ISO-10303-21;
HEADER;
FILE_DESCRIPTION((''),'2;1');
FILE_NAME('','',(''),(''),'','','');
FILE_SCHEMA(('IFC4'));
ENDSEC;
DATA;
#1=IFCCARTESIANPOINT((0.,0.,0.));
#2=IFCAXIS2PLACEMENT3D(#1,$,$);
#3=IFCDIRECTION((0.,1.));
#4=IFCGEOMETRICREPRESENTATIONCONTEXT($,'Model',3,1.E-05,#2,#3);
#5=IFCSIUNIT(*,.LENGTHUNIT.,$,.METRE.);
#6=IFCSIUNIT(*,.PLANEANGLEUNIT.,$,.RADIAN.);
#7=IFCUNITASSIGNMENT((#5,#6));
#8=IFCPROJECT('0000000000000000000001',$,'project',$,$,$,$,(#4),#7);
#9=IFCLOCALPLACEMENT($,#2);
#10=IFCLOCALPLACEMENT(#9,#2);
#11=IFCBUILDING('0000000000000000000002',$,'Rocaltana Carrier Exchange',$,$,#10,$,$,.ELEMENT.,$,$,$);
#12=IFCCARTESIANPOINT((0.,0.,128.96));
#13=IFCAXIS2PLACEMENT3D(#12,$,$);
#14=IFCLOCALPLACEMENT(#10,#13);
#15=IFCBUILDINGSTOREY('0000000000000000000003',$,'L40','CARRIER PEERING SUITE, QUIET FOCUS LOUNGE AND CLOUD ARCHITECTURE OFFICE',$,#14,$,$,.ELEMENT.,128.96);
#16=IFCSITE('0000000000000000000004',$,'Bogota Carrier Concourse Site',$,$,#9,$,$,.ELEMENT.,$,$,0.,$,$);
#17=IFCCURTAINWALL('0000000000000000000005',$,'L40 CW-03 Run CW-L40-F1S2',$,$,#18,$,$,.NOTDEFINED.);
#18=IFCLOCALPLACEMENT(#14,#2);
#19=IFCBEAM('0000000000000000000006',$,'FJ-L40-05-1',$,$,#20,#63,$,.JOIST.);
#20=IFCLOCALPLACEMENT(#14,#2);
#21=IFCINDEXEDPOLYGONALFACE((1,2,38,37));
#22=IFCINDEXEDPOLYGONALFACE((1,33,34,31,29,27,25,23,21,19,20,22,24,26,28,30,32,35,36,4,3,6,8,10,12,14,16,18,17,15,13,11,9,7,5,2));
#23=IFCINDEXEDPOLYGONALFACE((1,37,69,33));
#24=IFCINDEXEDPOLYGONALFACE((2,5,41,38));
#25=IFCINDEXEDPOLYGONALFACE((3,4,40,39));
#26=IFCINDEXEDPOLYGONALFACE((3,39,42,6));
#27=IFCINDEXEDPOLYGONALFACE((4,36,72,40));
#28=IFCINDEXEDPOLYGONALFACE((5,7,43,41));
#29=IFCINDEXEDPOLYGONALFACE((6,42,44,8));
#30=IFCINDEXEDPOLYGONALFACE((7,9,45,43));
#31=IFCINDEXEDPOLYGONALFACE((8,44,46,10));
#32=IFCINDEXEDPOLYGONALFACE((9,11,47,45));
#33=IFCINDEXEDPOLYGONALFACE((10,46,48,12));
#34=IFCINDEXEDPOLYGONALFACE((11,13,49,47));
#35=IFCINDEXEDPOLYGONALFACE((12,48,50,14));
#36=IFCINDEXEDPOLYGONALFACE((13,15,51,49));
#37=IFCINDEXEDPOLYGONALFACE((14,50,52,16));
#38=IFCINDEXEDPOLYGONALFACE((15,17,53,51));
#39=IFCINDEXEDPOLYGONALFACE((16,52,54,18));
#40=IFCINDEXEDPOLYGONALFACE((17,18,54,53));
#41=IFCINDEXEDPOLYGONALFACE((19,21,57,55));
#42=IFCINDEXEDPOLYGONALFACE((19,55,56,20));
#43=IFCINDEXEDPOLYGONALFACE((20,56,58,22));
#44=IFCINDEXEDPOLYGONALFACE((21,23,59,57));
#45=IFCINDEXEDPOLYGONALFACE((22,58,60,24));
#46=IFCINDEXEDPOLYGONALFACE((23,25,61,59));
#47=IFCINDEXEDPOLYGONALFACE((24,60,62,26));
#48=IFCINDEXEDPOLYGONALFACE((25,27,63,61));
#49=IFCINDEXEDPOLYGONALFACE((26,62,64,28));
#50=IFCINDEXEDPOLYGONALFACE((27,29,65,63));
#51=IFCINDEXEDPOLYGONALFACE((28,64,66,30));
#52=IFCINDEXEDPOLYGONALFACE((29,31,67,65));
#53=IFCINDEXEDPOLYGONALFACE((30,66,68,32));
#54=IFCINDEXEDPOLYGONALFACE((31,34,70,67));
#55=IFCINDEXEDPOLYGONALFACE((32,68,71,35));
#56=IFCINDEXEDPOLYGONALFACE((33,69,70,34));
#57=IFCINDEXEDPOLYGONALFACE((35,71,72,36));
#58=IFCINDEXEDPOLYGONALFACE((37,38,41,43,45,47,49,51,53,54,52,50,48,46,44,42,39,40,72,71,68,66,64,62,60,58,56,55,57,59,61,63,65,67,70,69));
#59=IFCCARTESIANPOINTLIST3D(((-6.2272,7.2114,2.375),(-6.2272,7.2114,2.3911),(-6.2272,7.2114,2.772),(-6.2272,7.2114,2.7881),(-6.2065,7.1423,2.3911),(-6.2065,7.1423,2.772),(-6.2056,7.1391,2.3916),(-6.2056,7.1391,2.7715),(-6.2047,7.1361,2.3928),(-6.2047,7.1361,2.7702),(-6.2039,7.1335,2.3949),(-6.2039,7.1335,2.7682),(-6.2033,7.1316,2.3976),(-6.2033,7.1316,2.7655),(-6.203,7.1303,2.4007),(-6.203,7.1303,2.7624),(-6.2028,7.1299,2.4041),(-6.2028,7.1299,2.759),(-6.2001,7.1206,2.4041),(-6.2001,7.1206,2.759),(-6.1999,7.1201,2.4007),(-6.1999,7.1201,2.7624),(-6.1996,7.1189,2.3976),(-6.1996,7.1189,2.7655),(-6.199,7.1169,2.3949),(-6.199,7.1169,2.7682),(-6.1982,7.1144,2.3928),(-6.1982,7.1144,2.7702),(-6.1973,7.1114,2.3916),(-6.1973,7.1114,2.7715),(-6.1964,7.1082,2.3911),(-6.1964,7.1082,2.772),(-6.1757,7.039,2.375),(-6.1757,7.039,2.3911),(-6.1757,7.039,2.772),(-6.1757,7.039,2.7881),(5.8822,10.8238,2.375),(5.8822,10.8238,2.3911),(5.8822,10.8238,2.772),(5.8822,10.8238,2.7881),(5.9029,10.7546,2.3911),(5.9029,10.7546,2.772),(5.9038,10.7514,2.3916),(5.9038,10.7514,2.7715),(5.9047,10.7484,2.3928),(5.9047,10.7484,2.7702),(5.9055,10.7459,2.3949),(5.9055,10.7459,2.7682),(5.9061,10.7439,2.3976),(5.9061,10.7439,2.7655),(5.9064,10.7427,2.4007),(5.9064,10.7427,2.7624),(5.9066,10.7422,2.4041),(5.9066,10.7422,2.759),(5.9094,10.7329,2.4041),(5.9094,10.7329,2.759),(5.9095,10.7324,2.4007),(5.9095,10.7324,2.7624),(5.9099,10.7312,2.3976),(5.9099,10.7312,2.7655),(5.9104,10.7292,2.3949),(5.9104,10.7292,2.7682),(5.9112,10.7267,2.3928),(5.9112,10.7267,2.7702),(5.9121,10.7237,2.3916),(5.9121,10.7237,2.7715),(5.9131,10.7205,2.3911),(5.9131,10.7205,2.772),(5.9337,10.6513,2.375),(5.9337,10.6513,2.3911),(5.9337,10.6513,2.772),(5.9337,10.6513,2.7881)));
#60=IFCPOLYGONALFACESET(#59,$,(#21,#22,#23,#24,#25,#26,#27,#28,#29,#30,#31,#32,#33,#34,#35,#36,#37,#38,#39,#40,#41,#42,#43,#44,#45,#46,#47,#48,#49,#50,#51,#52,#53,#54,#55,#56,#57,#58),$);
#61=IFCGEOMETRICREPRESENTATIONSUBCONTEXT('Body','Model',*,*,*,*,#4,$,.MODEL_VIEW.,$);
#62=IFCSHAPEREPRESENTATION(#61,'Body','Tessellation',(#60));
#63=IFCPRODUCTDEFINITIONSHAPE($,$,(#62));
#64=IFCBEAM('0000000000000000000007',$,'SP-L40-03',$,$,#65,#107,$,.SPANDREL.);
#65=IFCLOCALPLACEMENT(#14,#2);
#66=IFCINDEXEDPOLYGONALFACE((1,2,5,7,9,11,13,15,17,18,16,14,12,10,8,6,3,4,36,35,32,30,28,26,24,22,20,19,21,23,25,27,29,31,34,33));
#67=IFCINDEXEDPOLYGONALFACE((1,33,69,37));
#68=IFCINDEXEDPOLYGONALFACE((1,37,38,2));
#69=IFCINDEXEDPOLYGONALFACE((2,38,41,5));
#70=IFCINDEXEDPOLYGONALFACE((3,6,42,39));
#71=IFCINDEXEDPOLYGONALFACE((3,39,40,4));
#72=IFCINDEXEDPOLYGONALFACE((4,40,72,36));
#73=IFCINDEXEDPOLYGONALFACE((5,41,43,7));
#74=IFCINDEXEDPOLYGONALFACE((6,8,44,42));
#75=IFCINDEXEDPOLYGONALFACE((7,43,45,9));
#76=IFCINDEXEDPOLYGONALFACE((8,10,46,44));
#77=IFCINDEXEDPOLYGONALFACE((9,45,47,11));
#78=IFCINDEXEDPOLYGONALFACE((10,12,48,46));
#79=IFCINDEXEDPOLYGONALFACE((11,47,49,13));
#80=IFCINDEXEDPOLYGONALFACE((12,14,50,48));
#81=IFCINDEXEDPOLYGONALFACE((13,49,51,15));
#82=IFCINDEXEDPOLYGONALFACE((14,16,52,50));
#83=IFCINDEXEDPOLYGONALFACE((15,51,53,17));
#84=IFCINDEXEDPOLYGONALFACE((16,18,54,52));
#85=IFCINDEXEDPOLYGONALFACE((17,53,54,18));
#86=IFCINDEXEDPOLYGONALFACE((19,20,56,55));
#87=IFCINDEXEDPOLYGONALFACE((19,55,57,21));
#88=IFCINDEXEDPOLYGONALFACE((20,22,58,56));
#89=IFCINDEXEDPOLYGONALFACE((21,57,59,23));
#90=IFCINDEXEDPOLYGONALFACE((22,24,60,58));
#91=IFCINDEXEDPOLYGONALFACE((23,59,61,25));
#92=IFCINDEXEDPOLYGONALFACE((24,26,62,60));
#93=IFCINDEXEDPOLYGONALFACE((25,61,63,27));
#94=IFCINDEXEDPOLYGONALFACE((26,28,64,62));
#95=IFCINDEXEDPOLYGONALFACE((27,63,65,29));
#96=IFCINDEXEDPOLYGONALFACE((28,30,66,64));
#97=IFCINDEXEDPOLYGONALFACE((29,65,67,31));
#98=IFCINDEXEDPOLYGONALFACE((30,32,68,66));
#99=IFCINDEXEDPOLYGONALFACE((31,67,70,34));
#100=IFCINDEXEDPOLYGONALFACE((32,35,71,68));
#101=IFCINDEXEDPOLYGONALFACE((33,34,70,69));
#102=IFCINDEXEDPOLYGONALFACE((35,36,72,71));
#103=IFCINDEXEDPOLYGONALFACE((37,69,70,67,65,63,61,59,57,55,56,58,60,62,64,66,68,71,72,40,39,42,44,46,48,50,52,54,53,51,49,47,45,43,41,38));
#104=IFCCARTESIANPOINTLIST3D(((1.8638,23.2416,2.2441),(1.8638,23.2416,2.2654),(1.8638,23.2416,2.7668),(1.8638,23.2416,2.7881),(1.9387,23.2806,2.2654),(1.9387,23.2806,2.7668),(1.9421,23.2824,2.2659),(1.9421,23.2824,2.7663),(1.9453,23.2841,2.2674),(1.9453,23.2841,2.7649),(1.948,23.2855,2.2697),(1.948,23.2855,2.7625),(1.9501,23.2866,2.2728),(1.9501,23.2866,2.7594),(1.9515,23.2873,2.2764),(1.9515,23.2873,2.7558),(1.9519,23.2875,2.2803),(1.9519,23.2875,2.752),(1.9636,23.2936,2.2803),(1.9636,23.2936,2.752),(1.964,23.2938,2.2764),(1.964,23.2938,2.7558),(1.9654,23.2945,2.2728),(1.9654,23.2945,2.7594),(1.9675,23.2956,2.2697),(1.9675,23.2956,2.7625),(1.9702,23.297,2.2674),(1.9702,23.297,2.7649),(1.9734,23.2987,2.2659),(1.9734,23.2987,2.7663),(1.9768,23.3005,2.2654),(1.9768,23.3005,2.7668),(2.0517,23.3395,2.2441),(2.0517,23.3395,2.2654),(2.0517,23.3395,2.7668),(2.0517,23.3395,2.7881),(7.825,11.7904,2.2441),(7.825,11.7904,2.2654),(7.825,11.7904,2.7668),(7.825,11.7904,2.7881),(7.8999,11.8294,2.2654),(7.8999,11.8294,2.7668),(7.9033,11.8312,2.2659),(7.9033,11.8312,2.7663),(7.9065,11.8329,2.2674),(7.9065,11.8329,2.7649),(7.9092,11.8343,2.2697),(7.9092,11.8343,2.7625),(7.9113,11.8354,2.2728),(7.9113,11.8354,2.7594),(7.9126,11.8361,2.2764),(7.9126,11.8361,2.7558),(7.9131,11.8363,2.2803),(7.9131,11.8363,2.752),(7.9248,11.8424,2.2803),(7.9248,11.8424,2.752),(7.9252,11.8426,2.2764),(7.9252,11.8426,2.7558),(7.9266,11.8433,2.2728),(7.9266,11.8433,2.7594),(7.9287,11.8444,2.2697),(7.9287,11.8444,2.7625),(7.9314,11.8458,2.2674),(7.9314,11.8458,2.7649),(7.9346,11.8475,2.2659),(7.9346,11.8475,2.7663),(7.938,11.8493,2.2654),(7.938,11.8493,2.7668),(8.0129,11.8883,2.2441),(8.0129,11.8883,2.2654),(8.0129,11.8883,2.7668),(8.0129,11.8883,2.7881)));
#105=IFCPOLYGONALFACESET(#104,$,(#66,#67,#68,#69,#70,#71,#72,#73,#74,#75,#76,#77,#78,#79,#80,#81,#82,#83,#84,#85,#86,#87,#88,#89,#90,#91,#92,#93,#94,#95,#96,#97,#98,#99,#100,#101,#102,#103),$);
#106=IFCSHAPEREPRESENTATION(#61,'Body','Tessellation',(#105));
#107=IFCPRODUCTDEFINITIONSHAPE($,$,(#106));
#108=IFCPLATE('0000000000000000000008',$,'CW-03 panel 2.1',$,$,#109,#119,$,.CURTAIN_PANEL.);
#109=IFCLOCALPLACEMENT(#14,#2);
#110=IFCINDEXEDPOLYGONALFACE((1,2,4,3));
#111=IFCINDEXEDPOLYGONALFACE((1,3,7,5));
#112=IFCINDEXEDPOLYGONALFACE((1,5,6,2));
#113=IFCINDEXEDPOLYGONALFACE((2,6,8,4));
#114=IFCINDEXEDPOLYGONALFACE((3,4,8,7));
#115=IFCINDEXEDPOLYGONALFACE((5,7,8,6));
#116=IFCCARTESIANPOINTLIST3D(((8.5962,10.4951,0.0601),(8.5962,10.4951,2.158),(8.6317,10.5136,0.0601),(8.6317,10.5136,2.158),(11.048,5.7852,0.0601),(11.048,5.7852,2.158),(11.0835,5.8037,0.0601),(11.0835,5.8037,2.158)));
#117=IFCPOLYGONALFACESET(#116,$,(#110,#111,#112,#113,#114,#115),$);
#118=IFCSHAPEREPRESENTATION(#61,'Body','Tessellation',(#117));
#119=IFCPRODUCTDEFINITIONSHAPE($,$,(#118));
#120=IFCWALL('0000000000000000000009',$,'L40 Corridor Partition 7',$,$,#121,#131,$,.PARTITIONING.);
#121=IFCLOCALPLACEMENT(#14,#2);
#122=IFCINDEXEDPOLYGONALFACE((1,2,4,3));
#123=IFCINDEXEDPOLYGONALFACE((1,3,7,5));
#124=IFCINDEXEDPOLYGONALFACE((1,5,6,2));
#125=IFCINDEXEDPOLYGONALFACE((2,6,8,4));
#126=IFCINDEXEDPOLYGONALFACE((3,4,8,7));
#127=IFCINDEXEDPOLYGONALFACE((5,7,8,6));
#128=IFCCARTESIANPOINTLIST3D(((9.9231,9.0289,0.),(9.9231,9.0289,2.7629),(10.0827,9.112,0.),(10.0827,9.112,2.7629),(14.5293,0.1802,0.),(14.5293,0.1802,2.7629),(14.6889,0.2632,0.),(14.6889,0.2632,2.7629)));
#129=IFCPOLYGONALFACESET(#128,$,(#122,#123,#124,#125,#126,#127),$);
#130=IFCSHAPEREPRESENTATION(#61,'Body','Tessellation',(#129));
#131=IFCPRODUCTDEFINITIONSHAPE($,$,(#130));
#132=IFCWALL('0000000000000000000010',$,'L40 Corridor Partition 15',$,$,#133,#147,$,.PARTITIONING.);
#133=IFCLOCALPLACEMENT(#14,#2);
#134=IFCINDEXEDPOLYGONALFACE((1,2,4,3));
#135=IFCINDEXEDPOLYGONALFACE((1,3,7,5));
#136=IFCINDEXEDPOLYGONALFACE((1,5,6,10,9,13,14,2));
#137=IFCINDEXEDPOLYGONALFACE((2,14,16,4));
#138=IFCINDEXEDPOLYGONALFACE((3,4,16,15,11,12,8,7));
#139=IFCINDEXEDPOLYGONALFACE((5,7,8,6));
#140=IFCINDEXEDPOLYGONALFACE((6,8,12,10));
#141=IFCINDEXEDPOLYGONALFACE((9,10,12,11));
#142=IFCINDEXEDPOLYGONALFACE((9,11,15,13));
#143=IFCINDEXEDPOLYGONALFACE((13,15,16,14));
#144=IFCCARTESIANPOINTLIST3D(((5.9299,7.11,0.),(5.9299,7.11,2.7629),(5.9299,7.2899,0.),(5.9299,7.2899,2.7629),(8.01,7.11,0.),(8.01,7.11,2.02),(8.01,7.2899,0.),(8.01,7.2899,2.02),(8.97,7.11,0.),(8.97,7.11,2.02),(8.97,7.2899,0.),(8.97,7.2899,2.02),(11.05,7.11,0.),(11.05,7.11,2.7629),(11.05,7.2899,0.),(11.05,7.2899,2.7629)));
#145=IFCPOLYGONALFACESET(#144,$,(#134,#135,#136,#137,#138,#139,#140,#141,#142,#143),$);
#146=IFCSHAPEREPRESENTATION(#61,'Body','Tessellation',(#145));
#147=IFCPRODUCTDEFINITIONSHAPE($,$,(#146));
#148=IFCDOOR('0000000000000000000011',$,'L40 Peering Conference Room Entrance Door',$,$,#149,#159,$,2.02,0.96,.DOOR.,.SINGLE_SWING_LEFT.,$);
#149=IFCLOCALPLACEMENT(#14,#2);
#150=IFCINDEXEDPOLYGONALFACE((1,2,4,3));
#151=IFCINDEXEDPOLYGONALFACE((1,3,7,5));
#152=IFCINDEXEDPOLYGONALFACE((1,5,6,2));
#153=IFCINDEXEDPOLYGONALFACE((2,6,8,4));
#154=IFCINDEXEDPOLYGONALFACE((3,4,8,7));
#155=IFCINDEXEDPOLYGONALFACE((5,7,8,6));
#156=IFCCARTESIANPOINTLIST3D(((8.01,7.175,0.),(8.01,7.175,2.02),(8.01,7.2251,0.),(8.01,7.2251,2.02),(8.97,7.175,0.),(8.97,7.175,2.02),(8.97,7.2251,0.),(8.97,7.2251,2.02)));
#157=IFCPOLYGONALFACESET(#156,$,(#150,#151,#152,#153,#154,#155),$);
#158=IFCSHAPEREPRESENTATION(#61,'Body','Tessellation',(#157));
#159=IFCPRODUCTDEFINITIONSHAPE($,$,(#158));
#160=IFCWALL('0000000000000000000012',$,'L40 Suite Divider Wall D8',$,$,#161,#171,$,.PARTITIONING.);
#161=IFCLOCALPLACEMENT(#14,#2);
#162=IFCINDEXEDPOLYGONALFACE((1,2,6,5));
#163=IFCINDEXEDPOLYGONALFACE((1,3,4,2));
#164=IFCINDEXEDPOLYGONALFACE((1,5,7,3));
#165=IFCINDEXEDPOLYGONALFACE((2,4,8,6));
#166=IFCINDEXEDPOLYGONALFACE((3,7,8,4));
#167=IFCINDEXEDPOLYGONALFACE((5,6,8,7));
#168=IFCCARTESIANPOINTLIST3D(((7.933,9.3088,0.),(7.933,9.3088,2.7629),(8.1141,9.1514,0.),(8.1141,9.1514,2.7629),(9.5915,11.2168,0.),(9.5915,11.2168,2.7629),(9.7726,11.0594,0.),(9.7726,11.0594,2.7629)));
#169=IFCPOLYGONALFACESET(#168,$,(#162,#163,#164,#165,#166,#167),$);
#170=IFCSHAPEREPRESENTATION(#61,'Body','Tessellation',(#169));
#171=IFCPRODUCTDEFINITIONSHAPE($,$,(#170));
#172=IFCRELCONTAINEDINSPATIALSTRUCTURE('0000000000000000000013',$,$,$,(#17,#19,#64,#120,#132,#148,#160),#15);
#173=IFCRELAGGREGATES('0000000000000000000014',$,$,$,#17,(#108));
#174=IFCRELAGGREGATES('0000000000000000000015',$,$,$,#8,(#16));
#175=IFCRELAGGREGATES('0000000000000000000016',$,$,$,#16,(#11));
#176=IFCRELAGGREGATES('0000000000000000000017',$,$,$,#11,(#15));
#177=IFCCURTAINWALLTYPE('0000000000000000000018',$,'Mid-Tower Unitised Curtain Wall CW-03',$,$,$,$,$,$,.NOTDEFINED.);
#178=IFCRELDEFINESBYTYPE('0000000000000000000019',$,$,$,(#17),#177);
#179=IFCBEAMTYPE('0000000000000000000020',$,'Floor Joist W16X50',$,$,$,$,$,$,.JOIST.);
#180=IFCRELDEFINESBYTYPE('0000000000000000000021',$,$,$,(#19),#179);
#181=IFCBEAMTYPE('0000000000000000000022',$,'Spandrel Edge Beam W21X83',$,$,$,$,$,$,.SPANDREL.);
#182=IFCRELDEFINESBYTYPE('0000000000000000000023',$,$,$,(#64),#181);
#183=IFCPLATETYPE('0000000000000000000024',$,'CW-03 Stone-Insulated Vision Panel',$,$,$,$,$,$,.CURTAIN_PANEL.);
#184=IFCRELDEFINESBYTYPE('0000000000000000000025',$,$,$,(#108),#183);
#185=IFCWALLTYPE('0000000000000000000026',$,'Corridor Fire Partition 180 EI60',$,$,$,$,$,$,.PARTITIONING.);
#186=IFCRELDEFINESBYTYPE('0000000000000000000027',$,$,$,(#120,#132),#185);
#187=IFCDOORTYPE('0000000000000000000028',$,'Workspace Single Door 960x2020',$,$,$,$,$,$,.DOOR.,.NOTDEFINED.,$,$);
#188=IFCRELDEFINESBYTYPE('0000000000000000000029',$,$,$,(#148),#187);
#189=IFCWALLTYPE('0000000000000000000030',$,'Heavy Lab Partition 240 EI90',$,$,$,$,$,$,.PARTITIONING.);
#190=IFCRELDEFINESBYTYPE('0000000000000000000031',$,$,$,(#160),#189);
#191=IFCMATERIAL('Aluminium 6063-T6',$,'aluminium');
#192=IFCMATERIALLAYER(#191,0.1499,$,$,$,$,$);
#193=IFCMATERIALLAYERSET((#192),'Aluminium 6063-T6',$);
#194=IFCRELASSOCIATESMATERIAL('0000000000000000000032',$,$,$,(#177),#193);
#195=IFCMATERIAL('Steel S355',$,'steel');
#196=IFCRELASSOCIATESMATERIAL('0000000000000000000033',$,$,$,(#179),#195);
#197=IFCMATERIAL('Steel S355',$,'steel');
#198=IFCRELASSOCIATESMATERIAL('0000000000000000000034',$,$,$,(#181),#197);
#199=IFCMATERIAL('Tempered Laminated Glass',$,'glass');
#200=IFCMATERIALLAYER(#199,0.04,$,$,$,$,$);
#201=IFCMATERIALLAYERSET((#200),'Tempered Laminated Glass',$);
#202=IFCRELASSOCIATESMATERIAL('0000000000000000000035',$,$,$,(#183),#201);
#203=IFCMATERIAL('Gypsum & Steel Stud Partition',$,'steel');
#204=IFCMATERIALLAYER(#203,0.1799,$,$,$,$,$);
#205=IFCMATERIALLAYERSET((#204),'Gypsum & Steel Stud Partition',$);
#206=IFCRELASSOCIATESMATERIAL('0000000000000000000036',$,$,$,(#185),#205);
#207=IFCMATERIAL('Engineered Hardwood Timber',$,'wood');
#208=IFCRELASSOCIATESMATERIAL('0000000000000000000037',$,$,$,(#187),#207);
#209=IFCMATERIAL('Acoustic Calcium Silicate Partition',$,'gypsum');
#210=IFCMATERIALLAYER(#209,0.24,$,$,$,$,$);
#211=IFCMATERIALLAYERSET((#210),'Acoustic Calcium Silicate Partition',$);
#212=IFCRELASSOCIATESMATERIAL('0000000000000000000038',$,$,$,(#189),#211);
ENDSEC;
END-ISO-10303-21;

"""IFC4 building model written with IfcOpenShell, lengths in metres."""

from ifc_helpers import new_model, si_unit, direction, frame, frame_2d, origin, origin_2d, place, context, subcontext, project, spatial, rectangle, i_section, extrude, material, layer, layer_set, material_profile, profile_set, type_object, element, fill, aggregate, save


model = new_model("IFC4")

# Units and contexts
model_context = context("Model", 3, precision=1e-05, world=origin(), true_north=direction((0.0, 1.0)))
body_context = subcontext(model_context, "Body", "Model", "MODEL_VIEW")
ifc_project = project(units=[si_unit("LENGTHUNIT", "METRE"), si_unit("PLANEANGLEUNIT", "RADIAN")], contexts=[model_context])

# Site, building, storey
site_placement = place(None, origin())
site = spatial("IfcSite", under=ifc_project, at=site_placement, Name="Bogota Carrier Concourse Site", CompositionType="ELEMENT", RefElevation=0.0)
building_placement = place(site_placement, origin())
building = spatial("IfcBuilding", under=site, at=building_placement, Name="Rocaltana Carrier Exchange", CompositionType="ELEMENT")
storey_placement = place(building_placement, frame((0.0, 0.0, 128.96)))
storey = spatial("IfcBuildingStorey", under=building, at=storey_placement, Name="L40", Description="CARRIER PEERING SUITE, QUIET FOCUS LOUNGE AND CLOUD ARCHITECTURE OFFICE", CompositionType="ELEMENT", Elevation=128.96)

# Curtain wall
ifc_material_1 = material(Name="Aluminium 6063-T6", Category="aluminium")
ifc_layer_1 = layer(ifc_material_1, 0.1499)
ifc_layer_set_1 = layer_set([ifc_layer_1], Name="Aluminium 6063-T6")
curtain_wall_type = type_object("IfcCurtainWallType", Name="Mid-Tower Unitised Curtain Wall CW-03", PredefinedType="NOTDEFINED", material=ifc_layer_set_1)
curtain_wall_placement = place(storey_placement, origin())
curtain_wall = element("IfcCurtainWall", 1, at=curtain_wall_placement, inside=storey, type_object=curtain_wall_type, Name="L40 CW-03 Run CW-L40-F1S2", PredefinedType="NOTDEFINED")

# Beams
ifc_material_2 = material(Name="Steel S355", Category="steel")
ifc_material_profile_1 = material_profile(ifc_material_2, i_section(OverallWidth=0.1799, OverallDepth=0.4131, WebThickness=0.0098, FlangeThickness=0.0161, FilletRadius=0.0129, at=origin_2d()), Name="W16X50")
ifc_profile_set_1 = profile_set([ifc_material_profile_1], Name="Steel S355")
beam_type_1 = type_object("IfcBeamType", Name="Floor Joist W16X50", PredefinedType="JOIST", material=ifc_profile_set_1)
beam_1_placement = place(storey_placement, frame((5.908, 10.7375, 2.5815), z_axis=(-0.958272, -0.285859, 0.0), x_axis=(0.285859, -0.958272, 0.0)))
element("IfcBeam", 2, at=beam_1_placement, inside=storey, type_object=beam_type_1, Name="FJ-L40-05-1", PredefinedType="JOIST", context=body_context, shape_type="SweptSolid", body=[
    extrude(i_section(OverallWidth=0.1799, OverallDepth=0.4131, WebThickness=0.0098, FlangeThickness=0.0161, FilletRadius=0.0129, at=origin_2d()), origin(), (0.0, 0.0, 1.0), 12.6367),
])
ifc_material_3 = material(Name="Steel S355", Category="steel")
ifc_material_profile_2 = material_profile(ifc_material_3, i_section(OverallWidth=0.2119, OverallDepth=0.5439, WebThickness=0.0132, FlangeThickness=0.0212, FilletRadius=0.0149, at=origin_2d()), Name="W21X83")
ifc_profile_set_2 = profile_set([ifc_material_profile_2], Name="Steel S355")
beam_type_2 = type_object("IfcBeamType", Name="Spandrel Edge Beam W21X83", PredefinedType="SPANDREL", material=ifc_profile_set_2)
beam_2_placement = place(storey_placement, frame((7.9189, 11.8394, 2.5161), z_axis=(-0.461753, 0.887008, 0.0), x_axis=(-0.887008, -0.461753, 0.0)))
element("IfcBeam", 3, at=beam_2_placement, inside=storey, type_object=beam_type_2, Name="SP-L40-03", PredefinedType="SPANDREL", context=body_context, shape_type="SweptSolid", body=[
    extrude(i_section(OverallWidth=0.2119, OverallDepth=0.5439, WebThickness=0.0132, FlangeThickness=0.0212, FilletRadius=0.0149, at=origin_2d()), origin(), (0.0, 0.0, 1.0), 12.9099),
])

# Plate
ifc_material_4 = material(Name="Tempered Laminated Glass", Category="glass")
ifc_layer_2 = layer(ifc_material_4, 0.04)
ifc_layer_set_2 = layer_set([ifc_layer_2], Name="Tempered Laminated Glass")
plate_type = type_object("IfcPlateType", Name="CW-03 Stone-Insulated Vision Panel", PredefinedType="CURTAIN_PANEL", material=ifc_layer_set_2)
plate_placement = place(storey_placement, frame((9.8398, 8.1494, 0.0601), z_axis=(0.0, 0.0, 1.0), x_axis=(-0.461747, 0.887012, 0.0)))
plate = element("IfcPlate", 4, at=plate_placement, type_object=plate_type, Name="CW-03 panel 2.1", PredefinedType="CURTAIN_PANEL", context=body_context, shape_type="SweptSolid", body=[
    extrude(rectangle(XDim=5.3098, YDim=0.04, at=origin_2d()), origin(), (0.0, 0.0, 1.0), 2.0979),
])
aggregate(curtain_wall, [plate])

# Wall
ifc_material_5 = material(Name="Gypsum & Steel Stud Partition", Category="steel")
ifc_layer_3 = layer(ifc_material_5, 0.1799)
ifc_layer_set_3 = layer_set([ifc_layer_3], Name="Gypsum & Steel Stud Partition")
wall_type_1 = type_object("IfcWallType", Name="Corridor Fire Partition 180 EI60", PredefinedType="PARTITIONING", material=ifc_layer_set_3)
wall_1_placement = place(storey_placement, frame((10.0029, 9.0703, 0.0), z_axis=(0.0, 0.0, 1.0), x_axis=(0.46174, -0.887015, 0.0)))
element("IfcWall", 5, at=wall_1_placement, inside=storey, type_object=wall_type_1, Name="L40 Corridor Partition 7", PredefinedType="PARTITIONING", context=body_context, shape_type="SweptSolid", body=[
    extrude(rectangle(XDim=9.9758, YDim=0.1799, at=frame_2d((4.9878, 0.0))), origin(), (0.0, 0.0, 1.0), 2.7629),
])

# Wall, opening, door
wall_2_placement = place(storey_placement, frame((11.05, 7.2, 0.0), z_axis=(0.0, 0.0, 1.0), x_axis=(-1.0, 0.0, 0.0)))
wall_2 = element("IfcWall", 6, at=wall_2_placement, inside=storey, type_object=wall_type_1, Name="L40 Corridor Partition 15", PredefinedType="PARTITIONING", context=body_context, shape_type="SweptSolid", body=[
    extrude(rectangle(XDim=5.1201, YDim=0.1799, at=frame_2d((2.5601, 0.0))), origin(), (0.0, 0.0, 1.0), 2.7629),
])
opening_1_placement = place(wall_2_placement, frame((2.0801, 0.0, 0.0)))
opening_1 = element("IfcOpeningElement", 7, at=opening_1_placement, cuts=wall_2, PredefinedType="OPENING", context=body_context, shape_type="SweptSolid", body=[
    extrude(rectangle(XDim=0.96, YDim=2.02, at=frame_2d((0.48, 1.01))), frame((0.0, 0.0999, 0.0), z_axis=(0.0, -1.0, 0.0), x_axis=(1.0, 0.0, 0.0)), (0.0, 0.0, 1.0), 0.2),
])
ifc_material_6 = material(Name="Engineered Hardwood Timber", Category="wood")
door_type_1 = type_object("IfcDoorType", Name="Workspace Single Door 960x2020", OperationType="NOTDEFINED", PredefinedType="DOOR", material=ifc_material_6)
door_1_placement = place(opening_1_placement, origin())
door_1 = element("IfcDoor", 8, at=door_1_placement, inside=storey, type_object=door_type_1, Name="L40 Peering Conference Room Entrance Door", OperationType="SINGLE_SWING_LEFT", OverallHeight=2.02, OverallWidth=0.96, PredefinedType="DOOR", context=body_context, shape_type="SweptSolid", body=[
    extrude(rectangle(XDim=0.96, YDim=2.02, at=frame_2d((0.48, 1.01))), frame((0.0, 0.0249, 0.0), z_axis=(0.0, -1.0, 0.0), x_axis=(1.0, 0.0, 0.0)), (0.0, 0.0, 1.0), 0.05),
])
fill(opening_1, door_1)

# Wall
ifc_material_7 = material(Name="Acoustic Calcium Silicate Partition", Category="gypsum")
ifc_layer_4 = layer(ifc_material_7, 0.24)
ifc_layer_set_4 = layer_set([ifc_layer_4], Name="Acoustic Calcium Silicate Partition")
wall_type_2 = type_object("IfcWallType", Name="Heavy Lab Partition 240 EI90", PredefinedType="PARTITIONING", material=ifc_layer_set_4)
wall_3_placement = place(storey_placement, frame((8.0234, 9.23, 0.0), z_axis=(0.0, 0.0, 1.0), x_axis=(0.656033, 0.754732, 0.0)))
element("IfcWall", 9, at=wall_3_placement, inside=storey, type_object=wall_type_2, Name="L40 Suite Divider Wall D8", PredefinedType="PARTITIONING", context=body_context, shape_type="SweptSolid", body=[
    extrude(rectangle(XDim=2.5281, YDim=0.24, at=frame_2d((1.2642, 0.0))), origin(), (0.0, 0.0, 1.0), 2.7629),
])

save(model, "model.ifc")
